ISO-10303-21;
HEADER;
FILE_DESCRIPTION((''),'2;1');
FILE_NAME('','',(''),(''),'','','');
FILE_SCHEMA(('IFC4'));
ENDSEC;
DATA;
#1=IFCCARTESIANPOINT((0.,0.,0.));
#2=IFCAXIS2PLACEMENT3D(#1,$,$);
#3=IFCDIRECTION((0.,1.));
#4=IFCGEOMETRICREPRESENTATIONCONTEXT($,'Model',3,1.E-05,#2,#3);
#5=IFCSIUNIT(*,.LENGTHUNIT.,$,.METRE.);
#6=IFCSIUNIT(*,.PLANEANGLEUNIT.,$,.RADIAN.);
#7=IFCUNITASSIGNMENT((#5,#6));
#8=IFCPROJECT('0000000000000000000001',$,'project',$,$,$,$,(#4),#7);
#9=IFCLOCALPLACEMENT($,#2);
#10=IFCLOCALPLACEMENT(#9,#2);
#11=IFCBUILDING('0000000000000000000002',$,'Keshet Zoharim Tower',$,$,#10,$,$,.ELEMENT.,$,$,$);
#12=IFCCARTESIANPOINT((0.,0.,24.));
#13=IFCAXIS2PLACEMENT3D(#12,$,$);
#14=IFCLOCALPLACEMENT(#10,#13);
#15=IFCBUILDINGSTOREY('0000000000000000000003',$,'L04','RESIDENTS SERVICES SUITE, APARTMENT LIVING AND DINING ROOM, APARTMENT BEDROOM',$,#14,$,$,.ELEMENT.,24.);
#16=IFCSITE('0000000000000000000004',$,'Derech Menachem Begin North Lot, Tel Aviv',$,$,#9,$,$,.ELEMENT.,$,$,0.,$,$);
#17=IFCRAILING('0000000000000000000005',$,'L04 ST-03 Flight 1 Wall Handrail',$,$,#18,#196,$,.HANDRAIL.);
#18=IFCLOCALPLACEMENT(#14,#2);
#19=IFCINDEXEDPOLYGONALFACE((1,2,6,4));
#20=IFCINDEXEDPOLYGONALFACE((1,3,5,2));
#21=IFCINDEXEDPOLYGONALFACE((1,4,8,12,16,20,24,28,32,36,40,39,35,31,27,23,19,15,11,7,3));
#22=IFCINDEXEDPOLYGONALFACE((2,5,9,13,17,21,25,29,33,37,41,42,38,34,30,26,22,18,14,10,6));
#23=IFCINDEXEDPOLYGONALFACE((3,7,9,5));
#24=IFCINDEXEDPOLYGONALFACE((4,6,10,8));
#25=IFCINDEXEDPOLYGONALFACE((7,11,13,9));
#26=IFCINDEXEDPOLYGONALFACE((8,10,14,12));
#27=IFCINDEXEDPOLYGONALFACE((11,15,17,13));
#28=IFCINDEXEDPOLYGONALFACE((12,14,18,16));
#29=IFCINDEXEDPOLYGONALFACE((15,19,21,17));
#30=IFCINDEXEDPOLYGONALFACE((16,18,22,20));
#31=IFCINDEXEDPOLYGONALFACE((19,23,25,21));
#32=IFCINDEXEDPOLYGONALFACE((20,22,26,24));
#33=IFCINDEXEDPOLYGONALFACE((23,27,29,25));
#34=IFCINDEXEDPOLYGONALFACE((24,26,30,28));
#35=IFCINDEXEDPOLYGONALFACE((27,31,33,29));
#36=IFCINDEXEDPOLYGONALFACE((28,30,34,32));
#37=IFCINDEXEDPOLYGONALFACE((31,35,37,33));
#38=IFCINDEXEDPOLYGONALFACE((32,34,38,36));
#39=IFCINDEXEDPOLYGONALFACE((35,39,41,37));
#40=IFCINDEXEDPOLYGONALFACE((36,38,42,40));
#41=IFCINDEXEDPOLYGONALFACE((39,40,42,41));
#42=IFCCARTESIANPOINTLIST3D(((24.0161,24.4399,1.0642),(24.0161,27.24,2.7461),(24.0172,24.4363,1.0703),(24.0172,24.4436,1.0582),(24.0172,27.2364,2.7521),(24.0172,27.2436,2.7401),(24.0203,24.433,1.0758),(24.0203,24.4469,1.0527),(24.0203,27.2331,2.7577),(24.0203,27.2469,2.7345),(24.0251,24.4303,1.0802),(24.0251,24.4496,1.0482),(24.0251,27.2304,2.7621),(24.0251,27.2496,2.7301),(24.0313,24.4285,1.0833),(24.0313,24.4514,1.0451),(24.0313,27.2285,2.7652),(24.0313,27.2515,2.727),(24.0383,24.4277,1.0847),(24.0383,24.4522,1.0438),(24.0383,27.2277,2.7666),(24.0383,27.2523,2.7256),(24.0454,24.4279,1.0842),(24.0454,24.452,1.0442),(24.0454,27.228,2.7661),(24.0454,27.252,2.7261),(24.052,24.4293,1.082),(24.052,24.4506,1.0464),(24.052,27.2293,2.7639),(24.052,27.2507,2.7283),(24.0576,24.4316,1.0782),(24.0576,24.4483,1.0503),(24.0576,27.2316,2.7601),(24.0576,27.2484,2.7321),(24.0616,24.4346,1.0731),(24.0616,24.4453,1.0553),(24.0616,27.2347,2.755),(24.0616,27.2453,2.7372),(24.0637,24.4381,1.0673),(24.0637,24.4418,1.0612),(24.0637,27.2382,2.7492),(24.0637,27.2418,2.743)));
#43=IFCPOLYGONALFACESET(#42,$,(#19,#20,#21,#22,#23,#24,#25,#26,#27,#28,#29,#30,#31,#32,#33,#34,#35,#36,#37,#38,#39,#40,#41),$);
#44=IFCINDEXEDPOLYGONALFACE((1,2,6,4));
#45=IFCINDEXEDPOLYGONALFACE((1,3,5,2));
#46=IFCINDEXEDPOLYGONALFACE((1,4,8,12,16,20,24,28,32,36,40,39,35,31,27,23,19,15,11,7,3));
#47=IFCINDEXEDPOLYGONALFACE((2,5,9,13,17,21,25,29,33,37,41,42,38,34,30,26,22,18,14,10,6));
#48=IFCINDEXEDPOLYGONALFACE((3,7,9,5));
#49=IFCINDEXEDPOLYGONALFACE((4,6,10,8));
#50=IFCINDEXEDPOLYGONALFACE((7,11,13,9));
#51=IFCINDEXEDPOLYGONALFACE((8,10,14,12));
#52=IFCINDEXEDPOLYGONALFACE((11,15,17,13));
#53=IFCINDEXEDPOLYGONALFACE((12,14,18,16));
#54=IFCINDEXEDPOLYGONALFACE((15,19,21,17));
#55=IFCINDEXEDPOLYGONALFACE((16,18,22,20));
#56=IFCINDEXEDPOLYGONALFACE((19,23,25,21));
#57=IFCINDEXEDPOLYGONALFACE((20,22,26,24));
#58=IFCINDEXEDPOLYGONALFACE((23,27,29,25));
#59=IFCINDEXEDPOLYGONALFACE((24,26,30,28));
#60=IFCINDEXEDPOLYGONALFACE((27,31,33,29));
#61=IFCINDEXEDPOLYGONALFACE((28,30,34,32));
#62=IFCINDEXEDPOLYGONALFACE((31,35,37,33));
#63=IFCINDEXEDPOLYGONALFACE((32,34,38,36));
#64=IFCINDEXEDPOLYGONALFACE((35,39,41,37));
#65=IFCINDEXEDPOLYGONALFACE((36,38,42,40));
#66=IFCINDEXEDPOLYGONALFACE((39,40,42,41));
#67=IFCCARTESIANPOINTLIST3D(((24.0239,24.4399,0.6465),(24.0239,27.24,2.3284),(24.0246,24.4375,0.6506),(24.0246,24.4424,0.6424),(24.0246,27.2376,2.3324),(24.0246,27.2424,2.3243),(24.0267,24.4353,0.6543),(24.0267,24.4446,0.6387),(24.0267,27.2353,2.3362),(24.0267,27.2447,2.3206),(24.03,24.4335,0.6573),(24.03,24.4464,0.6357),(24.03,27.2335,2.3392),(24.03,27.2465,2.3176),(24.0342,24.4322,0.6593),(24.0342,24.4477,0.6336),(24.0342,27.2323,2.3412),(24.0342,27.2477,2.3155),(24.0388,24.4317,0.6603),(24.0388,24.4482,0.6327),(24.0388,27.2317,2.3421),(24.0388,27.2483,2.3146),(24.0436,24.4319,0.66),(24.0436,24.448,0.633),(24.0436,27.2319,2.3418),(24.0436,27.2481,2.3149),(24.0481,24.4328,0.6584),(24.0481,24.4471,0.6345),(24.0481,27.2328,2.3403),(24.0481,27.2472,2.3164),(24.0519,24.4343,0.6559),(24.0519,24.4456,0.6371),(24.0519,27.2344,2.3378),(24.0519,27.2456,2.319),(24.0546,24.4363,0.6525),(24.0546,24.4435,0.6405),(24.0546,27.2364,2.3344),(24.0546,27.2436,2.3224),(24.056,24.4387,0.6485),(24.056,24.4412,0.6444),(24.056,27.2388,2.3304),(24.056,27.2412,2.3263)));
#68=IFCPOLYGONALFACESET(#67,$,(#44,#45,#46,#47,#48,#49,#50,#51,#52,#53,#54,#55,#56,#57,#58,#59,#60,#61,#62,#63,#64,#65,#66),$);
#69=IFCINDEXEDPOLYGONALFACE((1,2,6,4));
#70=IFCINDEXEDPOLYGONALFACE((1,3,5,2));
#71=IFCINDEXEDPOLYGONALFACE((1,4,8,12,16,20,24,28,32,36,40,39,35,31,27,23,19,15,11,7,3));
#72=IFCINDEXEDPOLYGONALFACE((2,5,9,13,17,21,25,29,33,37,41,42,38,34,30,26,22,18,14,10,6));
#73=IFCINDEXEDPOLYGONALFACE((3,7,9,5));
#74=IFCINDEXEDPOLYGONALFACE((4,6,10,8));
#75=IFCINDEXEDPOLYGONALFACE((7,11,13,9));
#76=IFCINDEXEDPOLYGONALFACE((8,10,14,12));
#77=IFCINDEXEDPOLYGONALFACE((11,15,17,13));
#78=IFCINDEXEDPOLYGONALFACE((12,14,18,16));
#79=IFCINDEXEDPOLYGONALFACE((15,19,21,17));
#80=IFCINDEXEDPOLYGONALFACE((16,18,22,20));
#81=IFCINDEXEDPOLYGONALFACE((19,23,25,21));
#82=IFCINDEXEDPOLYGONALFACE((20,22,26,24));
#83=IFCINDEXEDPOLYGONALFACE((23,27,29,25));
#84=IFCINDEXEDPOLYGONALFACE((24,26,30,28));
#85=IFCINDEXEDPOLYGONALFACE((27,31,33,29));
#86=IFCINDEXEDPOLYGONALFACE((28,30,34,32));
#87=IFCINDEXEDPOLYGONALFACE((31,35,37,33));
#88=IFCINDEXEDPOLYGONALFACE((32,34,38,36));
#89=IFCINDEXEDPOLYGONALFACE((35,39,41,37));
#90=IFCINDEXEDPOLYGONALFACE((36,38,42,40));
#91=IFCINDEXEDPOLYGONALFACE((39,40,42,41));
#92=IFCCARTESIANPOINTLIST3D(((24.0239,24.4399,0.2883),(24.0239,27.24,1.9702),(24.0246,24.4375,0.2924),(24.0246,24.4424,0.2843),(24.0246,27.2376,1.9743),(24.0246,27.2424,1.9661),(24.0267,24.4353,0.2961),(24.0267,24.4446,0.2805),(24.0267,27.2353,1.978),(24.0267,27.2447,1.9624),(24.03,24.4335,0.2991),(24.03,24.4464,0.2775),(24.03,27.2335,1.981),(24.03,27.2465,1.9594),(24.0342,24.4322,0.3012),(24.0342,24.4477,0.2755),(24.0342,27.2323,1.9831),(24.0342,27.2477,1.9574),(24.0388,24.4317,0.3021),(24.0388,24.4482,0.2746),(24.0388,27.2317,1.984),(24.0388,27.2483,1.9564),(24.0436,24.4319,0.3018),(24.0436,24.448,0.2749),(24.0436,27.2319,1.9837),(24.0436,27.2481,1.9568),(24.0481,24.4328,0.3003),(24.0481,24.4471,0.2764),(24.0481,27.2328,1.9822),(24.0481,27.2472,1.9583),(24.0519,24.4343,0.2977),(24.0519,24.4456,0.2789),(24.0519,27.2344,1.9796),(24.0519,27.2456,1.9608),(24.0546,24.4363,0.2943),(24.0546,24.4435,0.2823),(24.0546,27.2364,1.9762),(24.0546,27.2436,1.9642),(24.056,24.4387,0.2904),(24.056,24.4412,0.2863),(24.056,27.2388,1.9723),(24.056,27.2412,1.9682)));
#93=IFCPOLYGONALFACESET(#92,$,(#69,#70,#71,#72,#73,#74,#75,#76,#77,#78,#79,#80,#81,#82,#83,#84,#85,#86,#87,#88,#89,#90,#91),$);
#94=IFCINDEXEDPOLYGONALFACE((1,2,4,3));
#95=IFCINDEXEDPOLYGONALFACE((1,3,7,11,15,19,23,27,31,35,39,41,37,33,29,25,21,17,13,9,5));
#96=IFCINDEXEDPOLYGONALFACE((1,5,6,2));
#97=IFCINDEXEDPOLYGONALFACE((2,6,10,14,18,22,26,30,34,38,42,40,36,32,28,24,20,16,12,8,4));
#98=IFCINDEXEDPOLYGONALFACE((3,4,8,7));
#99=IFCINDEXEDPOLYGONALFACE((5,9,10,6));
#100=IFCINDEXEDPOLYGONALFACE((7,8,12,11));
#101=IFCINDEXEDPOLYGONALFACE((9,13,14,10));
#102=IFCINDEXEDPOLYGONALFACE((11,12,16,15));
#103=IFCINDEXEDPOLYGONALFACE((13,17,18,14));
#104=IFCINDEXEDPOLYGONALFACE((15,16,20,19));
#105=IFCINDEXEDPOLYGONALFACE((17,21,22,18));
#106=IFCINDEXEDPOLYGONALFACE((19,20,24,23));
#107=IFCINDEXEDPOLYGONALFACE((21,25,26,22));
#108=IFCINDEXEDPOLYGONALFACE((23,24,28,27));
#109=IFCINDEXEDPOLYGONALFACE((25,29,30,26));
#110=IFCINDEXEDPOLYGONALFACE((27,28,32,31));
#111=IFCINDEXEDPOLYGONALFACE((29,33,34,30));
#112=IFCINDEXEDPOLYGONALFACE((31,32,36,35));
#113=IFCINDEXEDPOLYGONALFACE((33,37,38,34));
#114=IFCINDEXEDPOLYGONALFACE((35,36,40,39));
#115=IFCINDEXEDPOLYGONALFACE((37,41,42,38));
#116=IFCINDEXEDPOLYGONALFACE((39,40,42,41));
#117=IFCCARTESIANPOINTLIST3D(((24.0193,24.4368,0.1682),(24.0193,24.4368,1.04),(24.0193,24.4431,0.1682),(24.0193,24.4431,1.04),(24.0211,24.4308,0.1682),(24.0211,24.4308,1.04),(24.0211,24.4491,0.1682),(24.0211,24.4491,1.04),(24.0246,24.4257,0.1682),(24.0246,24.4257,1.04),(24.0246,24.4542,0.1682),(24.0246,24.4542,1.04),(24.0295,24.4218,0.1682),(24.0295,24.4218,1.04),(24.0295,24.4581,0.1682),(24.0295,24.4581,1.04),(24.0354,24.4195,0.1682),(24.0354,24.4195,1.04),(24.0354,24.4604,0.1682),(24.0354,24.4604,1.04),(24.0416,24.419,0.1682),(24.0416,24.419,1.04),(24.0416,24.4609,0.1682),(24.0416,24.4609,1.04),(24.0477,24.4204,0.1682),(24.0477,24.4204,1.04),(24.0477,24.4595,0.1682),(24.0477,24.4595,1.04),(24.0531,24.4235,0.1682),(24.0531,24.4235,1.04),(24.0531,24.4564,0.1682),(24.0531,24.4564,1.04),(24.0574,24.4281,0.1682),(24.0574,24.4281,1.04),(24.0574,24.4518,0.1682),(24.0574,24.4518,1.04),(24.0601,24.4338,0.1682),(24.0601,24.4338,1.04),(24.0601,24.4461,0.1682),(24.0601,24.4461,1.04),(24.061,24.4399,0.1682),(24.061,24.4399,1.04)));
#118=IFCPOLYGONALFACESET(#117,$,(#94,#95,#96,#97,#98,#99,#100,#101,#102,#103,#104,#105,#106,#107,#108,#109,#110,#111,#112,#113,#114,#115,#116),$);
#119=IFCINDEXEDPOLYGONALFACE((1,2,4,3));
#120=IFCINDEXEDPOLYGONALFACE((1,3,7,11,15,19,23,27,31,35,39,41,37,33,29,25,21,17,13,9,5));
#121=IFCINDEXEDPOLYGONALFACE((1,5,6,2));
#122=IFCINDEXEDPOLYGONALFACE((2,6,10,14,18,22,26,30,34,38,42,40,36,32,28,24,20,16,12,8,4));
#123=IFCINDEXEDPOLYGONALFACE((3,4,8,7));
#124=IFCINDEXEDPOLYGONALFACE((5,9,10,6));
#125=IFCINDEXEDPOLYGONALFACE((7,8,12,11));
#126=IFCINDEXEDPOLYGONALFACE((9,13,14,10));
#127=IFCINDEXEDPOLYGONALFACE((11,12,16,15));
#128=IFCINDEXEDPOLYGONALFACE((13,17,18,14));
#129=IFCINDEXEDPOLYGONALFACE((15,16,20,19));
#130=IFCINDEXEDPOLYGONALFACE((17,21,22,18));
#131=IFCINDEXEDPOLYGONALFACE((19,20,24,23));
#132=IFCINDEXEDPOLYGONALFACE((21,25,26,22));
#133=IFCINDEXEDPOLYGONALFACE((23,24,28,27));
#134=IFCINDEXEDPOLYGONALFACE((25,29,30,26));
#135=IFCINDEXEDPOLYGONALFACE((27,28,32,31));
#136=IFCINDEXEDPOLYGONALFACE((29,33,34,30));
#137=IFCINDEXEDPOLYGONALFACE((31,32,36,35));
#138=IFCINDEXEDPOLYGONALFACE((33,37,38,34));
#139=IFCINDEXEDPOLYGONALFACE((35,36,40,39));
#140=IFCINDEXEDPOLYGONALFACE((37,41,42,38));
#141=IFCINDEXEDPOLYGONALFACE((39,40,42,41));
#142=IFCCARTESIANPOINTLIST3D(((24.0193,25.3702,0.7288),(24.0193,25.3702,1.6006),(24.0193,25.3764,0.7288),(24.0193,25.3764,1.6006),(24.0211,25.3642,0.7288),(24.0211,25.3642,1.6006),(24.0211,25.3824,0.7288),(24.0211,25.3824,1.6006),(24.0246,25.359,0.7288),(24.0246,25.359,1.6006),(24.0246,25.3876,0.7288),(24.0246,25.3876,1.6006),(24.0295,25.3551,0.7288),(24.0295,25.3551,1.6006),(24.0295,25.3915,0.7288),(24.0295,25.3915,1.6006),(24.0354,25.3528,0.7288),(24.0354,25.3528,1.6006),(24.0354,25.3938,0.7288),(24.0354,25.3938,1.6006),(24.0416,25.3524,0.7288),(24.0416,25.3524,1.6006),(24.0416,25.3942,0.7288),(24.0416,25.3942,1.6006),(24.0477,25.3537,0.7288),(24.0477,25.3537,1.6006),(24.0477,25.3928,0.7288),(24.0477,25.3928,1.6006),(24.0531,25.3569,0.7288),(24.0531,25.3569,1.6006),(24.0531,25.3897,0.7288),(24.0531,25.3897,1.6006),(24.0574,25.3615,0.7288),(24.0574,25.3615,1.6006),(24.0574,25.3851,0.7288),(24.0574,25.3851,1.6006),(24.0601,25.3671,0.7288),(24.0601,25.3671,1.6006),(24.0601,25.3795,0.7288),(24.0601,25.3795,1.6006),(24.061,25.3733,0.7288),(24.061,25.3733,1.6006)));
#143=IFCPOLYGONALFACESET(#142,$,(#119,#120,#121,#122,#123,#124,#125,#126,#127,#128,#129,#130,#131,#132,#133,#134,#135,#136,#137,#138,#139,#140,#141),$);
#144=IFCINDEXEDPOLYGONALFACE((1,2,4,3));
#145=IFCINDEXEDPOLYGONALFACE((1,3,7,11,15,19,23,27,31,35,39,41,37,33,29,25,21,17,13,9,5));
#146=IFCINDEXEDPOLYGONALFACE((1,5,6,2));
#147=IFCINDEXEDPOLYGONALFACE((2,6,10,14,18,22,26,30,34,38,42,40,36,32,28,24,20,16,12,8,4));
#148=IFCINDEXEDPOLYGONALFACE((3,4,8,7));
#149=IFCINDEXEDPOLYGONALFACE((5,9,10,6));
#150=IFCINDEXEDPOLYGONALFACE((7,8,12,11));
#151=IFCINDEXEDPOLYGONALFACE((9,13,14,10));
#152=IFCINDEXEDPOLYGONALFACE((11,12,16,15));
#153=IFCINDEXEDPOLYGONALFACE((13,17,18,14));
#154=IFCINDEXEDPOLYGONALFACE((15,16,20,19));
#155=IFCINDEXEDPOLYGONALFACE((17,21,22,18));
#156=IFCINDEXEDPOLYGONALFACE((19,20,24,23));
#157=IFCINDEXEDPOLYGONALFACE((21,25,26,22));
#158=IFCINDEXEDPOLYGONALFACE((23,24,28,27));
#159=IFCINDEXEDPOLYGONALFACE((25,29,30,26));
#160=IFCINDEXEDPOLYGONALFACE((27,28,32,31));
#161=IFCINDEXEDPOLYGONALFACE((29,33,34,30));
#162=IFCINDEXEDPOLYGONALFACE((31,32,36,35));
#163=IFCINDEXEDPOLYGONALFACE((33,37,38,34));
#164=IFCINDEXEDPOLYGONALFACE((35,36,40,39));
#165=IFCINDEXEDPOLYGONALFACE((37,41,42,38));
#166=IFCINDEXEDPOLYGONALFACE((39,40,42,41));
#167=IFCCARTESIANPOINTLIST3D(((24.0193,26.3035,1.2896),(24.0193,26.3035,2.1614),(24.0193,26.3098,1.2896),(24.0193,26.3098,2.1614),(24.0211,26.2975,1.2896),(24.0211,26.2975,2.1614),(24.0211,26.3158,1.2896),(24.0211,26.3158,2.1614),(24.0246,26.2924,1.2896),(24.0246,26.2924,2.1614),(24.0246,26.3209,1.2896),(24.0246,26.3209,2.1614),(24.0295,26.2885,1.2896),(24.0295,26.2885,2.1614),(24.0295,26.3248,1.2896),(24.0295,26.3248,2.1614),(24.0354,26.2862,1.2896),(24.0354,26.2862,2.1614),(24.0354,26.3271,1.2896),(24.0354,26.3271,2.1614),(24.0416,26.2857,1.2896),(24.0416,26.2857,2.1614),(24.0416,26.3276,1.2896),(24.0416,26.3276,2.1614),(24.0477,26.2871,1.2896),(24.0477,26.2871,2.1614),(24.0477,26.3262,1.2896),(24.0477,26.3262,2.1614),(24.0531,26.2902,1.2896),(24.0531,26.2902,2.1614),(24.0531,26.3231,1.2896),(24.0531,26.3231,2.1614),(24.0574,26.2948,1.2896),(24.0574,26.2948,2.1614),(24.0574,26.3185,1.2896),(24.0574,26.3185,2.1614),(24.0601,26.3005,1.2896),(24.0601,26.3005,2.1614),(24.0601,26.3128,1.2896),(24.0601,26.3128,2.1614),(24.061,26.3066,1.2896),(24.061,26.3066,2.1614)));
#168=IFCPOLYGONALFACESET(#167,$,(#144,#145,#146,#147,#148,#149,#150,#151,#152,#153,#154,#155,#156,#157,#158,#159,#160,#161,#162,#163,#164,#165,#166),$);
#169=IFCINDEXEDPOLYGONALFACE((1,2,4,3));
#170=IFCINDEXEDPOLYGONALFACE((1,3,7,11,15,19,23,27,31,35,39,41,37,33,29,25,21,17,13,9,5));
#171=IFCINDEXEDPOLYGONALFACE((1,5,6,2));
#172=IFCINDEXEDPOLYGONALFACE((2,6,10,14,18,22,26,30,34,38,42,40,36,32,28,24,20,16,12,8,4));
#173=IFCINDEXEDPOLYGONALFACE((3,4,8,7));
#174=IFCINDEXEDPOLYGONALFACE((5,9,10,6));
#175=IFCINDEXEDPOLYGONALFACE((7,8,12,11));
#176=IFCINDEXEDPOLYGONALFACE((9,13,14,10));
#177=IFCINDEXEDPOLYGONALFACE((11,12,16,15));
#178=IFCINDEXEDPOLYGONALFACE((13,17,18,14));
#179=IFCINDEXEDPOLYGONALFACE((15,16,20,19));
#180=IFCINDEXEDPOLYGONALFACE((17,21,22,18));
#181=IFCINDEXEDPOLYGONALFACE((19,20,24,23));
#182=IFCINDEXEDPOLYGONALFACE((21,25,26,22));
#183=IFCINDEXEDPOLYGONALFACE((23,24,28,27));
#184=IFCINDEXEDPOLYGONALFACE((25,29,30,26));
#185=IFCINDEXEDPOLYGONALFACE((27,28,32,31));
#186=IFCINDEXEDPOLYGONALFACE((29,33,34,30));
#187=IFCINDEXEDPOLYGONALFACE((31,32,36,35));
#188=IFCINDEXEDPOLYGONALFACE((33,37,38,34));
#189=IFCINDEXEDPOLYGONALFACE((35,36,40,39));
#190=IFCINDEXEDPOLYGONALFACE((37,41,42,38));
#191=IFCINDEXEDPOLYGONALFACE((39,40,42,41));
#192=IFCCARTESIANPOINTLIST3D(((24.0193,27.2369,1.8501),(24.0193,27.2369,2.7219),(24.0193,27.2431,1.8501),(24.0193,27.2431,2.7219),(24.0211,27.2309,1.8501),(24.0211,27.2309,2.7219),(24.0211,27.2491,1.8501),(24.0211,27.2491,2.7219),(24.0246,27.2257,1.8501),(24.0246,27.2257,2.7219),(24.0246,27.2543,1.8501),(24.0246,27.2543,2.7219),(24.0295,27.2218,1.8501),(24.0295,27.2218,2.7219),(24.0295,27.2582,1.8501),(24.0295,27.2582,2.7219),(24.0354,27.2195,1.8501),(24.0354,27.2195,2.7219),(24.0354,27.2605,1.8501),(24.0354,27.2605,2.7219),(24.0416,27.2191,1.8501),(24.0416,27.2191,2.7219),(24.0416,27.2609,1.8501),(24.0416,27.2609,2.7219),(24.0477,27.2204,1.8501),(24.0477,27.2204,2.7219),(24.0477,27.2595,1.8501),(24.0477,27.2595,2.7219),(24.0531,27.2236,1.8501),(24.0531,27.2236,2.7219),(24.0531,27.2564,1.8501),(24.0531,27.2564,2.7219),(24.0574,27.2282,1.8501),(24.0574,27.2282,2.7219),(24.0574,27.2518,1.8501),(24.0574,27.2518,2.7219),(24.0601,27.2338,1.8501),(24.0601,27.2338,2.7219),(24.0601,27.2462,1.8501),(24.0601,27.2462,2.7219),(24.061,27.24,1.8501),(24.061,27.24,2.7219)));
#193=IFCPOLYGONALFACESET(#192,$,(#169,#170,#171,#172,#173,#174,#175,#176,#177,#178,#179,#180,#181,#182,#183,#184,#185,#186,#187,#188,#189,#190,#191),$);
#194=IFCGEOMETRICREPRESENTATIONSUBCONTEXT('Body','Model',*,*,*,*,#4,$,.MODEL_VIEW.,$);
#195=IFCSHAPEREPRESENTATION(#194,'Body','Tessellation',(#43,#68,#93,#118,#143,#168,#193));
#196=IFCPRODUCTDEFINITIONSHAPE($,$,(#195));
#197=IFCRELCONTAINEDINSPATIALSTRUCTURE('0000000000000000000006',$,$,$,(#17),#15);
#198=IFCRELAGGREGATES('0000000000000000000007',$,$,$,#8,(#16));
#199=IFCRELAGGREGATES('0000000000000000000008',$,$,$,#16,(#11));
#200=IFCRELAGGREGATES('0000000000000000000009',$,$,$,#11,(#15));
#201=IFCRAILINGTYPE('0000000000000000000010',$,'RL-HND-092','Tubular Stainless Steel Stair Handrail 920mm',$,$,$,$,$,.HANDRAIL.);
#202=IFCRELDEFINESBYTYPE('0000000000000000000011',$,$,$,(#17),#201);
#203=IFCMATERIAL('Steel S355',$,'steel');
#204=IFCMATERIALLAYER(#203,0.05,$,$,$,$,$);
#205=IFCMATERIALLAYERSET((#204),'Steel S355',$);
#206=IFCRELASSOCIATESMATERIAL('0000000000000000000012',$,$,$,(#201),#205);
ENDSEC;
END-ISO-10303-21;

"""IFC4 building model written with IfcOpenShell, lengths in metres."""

from ifc_helpers import new_model, si_unit, direction, frame, origin, origin_2d, place, context, subcontext, project, spatial, circle, extrude, material, layer, layer_set, type_object, element, save


model = new_model("IFC4")

# Units and contexts
model_context = context("Model", 3, precision=1e-05, world=origin(), true_north=direction((0.0, 1.0)))
body_context = subcontext(model_context, "Body", "Model", "MODEL_VIEW")
ifc_project = project(units=[si_unit("LENGTHUNIT", "METRE"), si_unit("PLANEANGLEUNIT", "RADIAN")], contexts=[model_context])

# Site, building, storey
site_placement = place(None, origin())
site = spatial("IfcSite", under=ifc_project, at=site_placement, Name="Derech Menachem Begin North Lot, Tel Aviv", CompositionType="ELEMENT", RefElevation=0.0)
building_placement = place(site_placement, origin())
building = spatial("IfcBuilding", under=site, at=building_placement, Name="Keshet Zoharim Tower", CompositionType="ELEMENT")
storey_placement = place(building_placement, frame((0.0, 0.0, 24.0)))
storey = spatial("IfcBuildingStorey", under=building, at=storey_placement, Name="L04", Description="RESIDENTS SERVICES SUITE, APARTMENT LIVING AND DINING ROOM, APARTMENT BEDROOM", CompositionType="ELEMENT", Elevation=24.0)

# Shared definitions
ifc_material_1 = material(Name="Steel S355", Category="steel")

# Railing
ifc_layer_1 = layer(ifc_material_1, 0.05)
ifc_layer_set_1 = layer_set([ifc_layer_1], Name="Steel S355")
railing_type_1 = type_object("IfcRailingType", Name="RL-HND-092", Description="Tubular Stainless Steel Stair Handrail 920mm", PredefinedType="HANDRAIL", material=ifc_layer_set_1)
railing_1_placement = place(storey_placement, frame((24.04, 24.4399, 0.1682)))
element("IfcRailing", 1, at=railing_1_placement, inside=storey, type_object=railing_type_1, Name="L04 ST-03 Flight 1 Wall Handrail", PredefinedType="HANDRAIL", context=body_context, shape_type="SweptSolid", body=[
    extrude(circle(Radius=0.0239, at=origin_2d()), frame((0.0, 0.0, 0.896), z_axis=(0.0, 0.857242, 0.514913), x_axis=(-1.0, 0.0, 0.0)), (0.0, 0.0, 1.0), 3.2664),
    extrude(circle(Radius=0.0161, at=origin_2d()), frame((0.0, 0.0, 0.4783), z_axis=(0.0, 0.857242, 0.514913), x_axis=(-1.0, 0.0, 0.0)), (0.0, 0.0, 1.0), 3.2664),
    extrude(circle(Radius=0.0161, at=origin_2d()), frame((0.0, 0.0, 0.1201), z_axis=(0.0, 0.857242, 0.514913), x_axis=(-1.0, 0.0, 0.0)), (0.0, 0.0, 1.0), 3.2664),
    extrude(circle(Radius=0.021, at=origin_2d()), origin(), (0.0, 0.0, 1.0), 0.8718),
    extrude(circle(Radius=0.021, at=origin_2d()), frame((0.0, 0.9333, 0.5605)), (0.0, 0.0, 1.0), 0.8718),
    extrude(circle(Radius=0.021, at=origin_2d()), frame((0.0, 1.8667, 1.1213)), (0.0, 0.0, 1.0), 0.8718),
    extrude(circle(Radius=0.021, at=origin_2d()), frame((0.0, 2.8, 1.6819)), (0.0, 0.0, 1.0), 0.8718),
])

save(model, "model.ifc")
